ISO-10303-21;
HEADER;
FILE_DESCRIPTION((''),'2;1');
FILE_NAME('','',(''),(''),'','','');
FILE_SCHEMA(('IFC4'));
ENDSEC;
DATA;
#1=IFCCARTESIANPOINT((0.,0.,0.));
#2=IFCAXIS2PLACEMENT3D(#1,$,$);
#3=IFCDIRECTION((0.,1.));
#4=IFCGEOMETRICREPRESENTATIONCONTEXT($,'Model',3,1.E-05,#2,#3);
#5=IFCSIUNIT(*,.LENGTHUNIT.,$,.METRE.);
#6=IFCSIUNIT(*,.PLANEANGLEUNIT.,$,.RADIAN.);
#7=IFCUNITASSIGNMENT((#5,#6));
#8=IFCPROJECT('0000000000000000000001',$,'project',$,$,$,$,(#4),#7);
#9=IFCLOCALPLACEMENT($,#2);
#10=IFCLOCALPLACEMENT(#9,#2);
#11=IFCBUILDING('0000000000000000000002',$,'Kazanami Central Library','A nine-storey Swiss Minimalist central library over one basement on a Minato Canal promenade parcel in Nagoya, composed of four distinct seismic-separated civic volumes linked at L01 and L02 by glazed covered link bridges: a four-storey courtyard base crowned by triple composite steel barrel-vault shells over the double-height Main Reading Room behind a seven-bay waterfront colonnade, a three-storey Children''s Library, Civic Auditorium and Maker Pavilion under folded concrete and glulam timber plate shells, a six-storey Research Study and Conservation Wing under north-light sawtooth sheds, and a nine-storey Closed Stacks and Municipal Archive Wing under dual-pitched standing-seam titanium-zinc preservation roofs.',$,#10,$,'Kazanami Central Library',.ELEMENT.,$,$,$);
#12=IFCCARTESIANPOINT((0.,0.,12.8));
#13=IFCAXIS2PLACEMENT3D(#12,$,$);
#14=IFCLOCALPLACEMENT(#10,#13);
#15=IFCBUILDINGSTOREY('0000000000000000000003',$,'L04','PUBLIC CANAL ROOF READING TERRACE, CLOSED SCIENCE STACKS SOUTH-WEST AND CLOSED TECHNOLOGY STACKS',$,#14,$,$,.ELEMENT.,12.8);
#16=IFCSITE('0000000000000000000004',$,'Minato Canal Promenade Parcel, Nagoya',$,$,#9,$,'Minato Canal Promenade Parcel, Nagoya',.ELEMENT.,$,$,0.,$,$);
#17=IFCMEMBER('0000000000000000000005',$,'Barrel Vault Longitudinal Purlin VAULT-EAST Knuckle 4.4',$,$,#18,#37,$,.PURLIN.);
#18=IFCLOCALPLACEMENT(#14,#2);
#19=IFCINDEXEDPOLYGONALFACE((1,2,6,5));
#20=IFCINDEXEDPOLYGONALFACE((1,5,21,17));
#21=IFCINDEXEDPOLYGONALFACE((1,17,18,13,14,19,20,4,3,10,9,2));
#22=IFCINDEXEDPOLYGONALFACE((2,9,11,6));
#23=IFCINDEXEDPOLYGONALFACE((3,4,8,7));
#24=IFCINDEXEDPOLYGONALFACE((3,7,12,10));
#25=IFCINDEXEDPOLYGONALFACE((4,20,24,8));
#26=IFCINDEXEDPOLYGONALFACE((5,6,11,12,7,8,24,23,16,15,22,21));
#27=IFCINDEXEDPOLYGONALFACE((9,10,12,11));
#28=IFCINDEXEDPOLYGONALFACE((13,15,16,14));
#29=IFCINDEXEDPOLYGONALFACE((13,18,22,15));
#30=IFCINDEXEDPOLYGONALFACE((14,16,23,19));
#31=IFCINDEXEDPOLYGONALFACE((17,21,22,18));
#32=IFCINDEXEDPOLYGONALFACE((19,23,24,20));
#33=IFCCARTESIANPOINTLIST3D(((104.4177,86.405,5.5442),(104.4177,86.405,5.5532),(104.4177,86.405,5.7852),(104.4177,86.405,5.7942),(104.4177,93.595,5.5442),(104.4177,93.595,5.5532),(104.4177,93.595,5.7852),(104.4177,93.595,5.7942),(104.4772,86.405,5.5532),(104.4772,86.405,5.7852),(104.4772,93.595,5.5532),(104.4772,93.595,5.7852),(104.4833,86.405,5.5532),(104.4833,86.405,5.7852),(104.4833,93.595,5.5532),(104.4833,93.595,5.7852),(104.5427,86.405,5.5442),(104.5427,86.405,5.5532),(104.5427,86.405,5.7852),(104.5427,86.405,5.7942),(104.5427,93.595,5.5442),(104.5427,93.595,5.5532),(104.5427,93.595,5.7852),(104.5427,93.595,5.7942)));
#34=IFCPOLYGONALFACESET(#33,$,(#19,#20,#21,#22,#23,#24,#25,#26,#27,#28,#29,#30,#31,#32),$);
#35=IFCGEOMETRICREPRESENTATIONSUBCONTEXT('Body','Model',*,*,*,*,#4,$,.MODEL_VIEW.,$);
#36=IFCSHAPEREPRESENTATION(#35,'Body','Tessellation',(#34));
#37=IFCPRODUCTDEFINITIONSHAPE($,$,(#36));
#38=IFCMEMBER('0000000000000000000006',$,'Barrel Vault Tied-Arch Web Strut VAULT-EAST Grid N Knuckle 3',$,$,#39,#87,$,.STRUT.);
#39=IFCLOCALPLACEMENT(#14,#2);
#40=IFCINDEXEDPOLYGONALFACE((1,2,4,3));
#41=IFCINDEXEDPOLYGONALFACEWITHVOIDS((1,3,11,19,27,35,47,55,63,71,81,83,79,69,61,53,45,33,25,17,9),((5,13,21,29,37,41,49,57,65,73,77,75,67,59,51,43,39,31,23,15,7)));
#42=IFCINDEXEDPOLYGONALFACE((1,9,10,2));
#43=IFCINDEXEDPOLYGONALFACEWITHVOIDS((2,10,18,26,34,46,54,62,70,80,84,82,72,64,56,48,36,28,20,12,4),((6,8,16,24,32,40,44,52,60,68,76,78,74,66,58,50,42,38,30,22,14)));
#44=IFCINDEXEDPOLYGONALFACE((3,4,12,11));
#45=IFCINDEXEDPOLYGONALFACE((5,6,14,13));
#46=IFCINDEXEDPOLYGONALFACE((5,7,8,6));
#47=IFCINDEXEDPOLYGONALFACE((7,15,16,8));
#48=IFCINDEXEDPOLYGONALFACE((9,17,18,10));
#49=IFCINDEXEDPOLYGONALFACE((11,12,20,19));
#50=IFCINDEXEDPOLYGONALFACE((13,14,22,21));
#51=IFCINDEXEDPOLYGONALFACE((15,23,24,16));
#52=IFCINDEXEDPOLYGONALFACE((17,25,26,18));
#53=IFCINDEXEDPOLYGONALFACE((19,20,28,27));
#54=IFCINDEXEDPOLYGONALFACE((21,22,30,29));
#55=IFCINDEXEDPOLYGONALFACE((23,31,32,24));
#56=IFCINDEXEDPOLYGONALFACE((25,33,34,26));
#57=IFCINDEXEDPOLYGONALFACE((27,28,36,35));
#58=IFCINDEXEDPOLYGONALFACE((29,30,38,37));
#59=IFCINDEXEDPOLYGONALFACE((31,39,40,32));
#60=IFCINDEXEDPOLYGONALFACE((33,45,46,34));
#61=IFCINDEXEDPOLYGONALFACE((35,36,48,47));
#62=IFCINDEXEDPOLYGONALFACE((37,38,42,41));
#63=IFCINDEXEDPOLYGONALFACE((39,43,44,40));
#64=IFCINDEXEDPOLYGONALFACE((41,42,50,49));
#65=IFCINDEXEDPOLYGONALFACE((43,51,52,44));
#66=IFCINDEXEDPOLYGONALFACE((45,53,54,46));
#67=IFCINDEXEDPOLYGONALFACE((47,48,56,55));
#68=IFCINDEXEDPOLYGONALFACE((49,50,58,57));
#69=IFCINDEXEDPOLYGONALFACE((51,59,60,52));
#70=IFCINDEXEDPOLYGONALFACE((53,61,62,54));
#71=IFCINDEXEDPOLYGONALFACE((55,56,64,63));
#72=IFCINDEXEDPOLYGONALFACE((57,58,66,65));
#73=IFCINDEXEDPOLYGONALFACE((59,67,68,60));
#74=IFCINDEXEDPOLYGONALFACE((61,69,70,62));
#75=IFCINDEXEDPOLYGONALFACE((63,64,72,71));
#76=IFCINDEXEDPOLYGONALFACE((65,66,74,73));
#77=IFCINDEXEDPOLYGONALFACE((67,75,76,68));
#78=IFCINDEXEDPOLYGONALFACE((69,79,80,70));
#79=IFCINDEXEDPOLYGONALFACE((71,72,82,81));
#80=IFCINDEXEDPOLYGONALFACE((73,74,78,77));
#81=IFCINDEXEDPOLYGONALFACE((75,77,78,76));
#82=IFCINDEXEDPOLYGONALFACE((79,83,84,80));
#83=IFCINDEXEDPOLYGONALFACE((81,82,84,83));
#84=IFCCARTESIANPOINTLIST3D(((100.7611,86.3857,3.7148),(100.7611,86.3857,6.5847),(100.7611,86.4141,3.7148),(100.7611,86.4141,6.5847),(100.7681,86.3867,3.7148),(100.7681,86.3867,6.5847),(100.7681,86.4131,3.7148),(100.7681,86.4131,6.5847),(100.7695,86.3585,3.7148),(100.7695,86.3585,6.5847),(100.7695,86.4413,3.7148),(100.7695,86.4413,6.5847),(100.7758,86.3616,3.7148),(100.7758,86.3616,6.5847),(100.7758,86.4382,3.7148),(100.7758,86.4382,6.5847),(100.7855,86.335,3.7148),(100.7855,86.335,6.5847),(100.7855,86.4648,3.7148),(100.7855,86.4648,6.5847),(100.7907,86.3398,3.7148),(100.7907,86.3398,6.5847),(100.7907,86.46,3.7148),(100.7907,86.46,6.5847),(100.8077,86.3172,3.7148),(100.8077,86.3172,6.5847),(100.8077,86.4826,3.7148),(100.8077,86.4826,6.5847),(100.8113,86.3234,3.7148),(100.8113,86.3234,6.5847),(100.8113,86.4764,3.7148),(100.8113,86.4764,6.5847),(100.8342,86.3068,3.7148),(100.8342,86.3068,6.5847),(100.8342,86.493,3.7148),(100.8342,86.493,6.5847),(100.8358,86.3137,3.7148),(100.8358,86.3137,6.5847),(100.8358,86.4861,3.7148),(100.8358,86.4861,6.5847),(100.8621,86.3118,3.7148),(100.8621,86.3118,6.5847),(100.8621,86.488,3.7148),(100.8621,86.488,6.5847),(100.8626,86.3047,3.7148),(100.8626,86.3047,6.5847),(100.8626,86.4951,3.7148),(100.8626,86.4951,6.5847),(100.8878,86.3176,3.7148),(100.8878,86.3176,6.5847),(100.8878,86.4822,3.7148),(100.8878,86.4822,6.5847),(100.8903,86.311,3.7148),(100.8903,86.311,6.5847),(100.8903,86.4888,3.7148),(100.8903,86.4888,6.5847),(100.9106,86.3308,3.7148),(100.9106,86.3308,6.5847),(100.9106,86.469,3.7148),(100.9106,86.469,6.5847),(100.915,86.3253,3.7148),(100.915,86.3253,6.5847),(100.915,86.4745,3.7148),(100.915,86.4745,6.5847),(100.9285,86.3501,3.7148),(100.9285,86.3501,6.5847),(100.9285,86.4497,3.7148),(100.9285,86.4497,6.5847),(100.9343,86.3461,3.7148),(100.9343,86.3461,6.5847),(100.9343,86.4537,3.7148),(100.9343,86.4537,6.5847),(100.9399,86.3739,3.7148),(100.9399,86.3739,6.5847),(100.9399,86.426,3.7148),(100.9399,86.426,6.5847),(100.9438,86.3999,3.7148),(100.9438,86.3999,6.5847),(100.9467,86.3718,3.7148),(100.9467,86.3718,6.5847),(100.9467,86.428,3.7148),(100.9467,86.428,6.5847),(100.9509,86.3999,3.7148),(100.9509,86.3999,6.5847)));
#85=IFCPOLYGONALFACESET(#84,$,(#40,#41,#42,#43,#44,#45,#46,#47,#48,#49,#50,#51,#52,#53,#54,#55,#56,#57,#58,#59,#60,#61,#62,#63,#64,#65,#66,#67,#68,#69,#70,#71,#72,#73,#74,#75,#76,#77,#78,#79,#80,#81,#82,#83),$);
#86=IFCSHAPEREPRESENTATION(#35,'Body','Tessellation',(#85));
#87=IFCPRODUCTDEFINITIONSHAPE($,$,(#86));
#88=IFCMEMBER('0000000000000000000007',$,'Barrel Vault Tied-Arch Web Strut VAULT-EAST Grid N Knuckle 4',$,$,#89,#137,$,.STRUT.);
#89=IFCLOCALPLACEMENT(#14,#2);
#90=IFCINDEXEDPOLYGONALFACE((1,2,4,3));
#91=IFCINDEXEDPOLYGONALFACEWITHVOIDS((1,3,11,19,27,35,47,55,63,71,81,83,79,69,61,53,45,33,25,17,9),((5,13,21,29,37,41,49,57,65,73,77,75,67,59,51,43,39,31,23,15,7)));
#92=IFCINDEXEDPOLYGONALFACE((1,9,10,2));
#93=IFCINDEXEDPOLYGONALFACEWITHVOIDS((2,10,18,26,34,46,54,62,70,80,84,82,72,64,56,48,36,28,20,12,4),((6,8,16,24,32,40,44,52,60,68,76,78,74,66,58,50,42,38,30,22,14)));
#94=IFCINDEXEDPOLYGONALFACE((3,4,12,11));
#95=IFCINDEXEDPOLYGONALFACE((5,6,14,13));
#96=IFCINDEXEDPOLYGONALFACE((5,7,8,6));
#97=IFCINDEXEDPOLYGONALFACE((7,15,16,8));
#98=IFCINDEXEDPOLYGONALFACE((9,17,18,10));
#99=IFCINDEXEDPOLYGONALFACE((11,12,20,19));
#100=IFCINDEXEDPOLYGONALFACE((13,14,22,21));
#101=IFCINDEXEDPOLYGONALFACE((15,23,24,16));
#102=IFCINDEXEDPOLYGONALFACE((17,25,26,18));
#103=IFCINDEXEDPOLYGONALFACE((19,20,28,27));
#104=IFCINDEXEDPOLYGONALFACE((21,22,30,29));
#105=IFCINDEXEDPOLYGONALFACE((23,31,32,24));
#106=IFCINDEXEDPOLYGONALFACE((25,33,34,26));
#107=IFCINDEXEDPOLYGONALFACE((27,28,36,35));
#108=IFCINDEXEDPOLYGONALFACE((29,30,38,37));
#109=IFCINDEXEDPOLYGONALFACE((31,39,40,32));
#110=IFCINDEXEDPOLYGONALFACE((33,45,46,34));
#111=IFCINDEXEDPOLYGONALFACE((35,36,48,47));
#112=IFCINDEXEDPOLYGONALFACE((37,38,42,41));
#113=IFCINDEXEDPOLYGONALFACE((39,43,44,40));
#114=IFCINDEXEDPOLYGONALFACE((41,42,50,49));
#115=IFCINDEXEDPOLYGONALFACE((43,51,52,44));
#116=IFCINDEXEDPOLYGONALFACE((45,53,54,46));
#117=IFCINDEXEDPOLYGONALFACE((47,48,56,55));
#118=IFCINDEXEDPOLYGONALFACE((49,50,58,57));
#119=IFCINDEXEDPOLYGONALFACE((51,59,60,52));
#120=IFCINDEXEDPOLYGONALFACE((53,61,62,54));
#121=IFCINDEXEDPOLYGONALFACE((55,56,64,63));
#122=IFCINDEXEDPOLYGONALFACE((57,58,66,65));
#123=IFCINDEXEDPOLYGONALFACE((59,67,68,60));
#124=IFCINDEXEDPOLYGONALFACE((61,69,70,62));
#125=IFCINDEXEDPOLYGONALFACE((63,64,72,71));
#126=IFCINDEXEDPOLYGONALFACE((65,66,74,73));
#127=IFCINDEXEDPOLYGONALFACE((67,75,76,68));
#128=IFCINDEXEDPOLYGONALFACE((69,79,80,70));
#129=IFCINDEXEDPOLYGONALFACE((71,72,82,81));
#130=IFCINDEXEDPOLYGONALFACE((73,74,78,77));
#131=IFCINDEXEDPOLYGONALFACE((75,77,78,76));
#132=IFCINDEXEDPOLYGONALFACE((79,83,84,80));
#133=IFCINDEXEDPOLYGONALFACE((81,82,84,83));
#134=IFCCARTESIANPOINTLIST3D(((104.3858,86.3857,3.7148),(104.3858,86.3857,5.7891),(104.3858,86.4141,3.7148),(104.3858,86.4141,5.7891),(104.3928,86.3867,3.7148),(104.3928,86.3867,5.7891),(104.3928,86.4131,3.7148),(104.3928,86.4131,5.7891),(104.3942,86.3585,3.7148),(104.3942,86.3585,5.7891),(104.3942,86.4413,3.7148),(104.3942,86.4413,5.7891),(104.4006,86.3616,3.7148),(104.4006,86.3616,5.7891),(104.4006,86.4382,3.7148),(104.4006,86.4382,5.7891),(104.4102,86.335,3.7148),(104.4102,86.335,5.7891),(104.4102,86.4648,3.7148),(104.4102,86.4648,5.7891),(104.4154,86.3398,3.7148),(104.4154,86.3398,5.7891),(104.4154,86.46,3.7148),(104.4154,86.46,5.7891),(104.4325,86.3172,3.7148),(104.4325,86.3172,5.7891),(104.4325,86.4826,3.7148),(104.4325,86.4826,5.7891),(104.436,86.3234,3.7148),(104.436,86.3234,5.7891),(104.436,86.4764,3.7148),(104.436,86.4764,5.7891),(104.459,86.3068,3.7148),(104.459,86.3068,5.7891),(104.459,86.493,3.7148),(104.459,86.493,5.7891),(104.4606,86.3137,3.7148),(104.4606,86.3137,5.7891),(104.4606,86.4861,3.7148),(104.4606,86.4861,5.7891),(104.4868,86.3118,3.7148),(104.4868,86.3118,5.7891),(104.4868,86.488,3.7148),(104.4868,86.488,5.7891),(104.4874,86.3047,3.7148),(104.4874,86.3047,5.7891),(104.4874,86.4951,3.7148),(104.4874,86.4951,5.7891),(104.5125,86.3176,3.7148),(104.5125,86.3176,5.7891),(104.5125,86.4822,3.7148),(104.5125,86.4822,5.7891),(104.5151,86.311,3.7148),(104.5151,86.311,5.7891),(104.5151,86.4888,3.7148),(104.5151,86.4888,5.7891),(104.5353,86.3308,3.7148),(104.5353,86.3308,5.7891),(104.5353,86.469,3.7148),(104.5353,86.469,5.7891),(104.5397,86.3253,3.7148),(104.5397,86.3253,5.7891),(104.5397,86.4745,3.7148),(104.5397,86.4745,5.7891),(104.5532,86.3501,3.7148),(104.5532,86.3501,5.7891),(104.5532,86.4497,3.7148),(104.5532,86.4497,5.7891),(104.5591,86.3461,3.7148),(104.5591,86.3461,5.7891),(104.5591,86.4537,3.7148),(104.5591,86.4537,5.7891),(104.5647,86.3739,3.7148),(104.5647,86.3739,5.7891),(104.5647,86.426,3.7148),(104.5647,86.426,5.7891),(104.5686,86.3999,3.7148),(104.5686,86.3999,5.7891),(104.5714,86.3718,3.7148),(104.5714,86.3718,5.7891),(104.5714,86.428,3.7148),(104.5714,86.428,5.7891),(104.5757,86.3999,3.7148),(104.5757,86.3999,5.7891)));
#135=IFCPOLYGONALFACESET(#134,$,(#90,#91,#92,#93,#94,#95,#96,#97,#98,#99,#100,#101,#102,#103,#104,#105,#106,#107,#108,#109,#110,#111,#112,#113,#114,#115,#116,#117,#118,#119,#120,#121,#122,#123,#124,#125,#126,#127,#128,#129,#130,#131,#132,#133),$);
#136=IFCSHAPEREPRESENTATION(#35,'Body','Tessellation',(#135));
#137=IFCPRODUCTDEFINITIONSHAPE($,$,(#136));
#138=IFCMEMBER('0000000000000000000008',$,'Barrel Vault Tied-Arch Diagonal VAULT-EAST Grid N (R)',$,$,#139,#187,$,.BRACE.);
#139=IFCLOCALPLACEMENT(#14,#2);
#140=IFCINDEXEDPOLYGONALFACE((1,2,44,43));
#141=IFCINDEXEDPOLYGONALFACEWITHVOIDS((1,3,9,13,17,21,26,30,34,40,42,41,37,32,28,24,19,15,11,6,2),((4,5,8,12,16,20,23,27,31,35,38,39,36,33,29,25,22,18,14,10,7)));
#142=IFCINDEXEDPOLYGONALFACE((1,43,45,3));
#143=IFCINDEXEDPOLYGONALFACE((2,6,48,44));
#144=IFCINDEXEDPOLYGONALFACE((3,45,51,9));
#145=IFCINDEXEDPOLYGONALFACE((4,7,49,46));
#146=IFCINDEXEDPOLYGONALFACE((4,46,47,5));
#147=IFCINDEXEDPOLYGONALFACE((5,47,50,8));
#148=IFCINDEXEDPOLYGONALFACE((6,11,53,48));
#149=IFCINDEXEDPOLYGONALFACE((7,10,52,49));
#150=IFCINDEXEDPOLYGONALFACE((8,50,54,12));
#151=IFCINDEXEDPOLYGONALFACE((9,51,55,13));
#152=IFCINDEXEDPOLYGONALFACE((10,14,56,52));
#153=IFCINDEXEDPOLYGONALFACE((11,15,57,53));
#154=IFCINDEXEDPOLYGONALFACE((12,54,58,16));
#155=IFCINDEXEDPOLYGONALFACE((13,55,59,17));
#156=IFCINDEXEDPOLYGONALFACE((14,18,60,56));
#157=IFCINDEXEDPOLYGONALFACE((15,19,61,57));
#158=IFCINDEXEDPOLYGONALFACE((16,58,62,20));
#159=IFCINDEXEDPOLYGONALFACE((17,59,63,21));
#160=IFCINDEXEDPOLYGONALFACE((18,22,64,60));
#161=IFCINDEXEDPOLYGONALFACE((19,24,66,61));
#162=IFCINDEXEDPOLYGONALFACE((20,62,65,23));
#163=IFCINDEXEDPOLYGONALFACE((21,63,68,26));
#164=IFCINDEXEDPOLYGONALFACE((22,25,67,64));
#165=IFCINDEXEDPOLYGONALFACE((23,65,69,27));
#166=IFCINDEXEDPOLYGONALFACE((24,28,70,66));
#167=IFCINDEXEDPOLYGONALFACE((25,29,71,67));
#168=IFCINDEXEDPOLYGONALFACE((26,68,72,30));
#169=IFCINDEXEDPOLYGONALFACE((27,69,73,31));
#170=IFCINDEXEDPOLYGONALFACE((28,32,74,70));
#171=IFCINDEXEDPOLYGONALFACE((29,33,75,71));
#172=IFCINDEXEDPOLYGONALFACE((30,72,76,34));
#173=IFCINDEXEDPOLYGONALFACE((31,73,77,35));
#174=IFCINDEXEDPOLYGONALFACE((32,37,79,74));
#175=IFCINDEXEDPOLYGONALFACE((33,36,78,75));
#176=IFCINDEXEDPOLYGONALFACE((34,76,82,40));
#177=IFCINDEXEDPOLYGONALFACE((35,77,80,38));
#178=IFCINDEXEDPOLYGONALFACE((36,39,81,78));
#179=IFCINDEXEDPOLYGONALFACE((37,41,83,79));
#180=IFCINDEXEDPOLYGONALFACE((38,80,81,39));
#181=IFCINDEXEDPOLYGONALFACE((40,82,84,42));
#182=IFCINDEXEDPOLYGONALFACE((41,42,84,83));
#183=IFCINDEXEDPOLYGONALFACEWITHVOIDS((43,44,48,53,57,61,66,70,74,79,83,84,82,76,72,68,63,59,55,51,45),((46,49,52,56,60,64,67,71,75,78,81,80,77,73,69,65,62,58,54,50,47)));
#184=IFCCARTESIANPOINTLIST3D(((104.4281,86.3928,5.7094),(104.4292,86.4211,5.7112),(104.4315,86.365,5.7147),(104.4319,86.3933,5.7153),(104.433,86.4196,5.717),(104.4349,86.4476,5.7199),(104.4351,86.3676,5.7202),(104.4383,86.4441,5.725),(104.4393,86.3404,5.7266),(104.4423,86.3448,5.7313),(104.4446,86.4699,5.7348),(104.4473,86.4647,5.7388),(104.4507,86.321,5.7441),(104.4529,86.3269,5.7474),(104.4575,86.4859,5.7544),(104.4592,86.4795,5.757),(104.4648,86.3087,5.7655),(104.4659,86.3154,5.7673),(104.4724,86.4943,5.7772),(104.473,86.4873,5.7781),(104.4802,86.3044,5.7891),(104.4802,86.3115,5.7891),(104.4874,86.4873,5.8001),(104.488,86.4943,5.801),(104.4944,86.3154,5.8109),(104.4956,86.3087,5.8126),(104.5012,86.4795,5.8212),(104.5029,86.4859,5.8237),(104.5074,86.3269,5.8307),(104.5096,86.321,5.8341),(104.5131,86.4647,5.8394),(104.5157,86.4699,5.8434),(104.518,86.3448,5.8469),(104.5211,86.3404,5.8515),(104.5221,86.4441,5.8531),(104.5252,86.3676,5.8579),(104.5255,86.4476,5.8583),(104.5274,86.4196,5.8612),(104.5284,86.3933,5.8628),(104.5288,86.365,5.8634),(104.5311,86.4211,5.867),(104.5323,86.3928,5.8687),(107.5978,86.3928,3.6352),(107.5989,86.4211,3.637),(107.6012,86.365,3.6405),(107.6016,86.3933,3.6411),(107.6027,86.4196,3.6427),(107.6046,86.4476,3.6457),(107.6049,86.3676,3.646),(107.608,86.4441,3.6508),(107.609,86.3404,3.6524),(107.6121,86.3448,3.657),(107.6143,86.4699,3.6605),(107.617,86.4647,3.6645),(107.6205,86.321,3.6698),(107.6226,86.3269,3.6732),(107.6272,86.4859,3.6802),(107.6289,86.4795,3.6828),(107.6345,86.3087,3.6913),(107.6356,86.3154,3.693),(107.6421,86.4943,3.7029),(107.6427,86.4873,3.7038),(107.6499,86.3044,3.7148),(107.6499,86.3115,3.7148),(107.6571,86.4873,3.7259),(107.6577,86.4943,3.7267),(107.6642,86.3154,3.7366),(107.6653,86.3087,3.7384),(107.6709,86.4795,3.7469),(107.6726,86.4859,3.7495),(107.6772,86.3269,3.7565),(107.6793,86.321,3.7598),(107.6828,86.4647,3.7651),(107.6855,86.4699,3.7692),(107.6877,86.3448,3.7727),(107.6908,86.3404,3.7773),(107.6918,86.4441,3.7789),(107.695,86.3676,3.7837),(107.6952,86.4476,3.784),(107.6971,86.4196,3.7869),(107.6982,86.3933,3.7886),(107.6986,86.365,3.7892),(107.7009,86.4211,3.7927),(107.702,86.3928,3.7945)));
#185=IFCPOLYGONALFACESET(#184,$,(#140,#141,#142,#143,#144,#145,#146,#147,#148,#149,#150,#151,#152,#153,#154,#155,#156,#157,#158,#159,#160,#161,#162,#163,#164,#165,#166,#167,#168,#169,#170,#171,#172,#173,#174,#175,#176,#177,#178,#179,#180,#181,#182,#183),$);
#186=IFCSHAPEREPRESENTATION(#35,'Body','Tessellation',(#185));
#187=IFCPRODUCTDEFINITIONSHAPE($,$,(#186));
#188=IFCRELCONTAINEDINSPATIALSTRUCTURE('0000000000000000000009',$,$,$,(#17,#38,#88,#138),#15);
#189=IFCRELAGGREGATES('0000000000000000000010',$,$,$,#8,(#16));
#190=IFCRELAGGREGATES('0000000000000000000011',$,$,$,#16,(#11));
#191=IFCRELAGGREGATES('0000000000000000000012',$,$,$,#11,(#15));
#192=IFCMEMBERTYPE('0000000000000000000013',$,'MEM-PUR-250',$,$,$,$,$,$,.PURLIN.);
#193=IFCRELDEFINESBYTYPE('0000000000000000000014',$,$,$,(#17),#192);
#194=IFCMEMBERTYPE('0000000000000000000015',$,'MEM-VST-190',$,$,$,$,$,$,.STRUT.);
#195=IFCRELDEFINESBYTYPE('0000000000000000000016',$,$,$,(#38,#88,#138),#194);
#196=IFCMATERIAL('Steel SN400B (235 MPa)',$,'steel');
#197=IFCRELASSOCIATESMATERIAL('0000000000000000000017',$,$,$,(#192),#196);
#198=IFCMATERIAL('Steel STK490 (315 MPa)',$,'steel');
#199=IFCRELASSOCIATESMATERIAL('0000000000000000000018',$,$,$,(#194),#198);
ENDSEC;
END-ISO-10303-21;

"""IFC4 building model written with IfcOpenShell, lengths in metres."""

from ifc_helpers import new_model, si_unit, direction, frame, origin, origin_2d, place, context, subcontext, project, spatial, hollow_circle, i_section, extrude, material, material_profile, profile_set, type_object, element, save


model = new_model("IFC4")

# Units and contexts
model_context = context("Model", 3, precision=1e-05, world=origin(), true_north=direction((0.0, 1.0)))
body_context = subcontext(model_context, "Body", "Model", "MODEL_VIEW")
ifc_project = project(units=[si_unit("LENGTHUNIT", "METRE"), si_unit("PLANEANGLEUNIT", "RADIAN")], contexts=[model_context])

# Site, building, storey
site_placement = place(None, origin())
site = spatial("IfcSite", under=ifc_project, at=site_placement, Name="Minato Canal Promenade Parcel, Nagoya", LongName="Minato Canal Promenade Parcel, Nagoya", CompositionType="ELEMENT", RefElevation=0.0)
building_placement = place(site_placement, origin())
building = spatial("IfcBuilding", under=site, at=building_placement, Name="Kazanami Central Library", Description="A nine-storey Swiss Minimalist central library over one basement on a Minato Canal promenade parcel in Nagoya, composed of four distinct seismic-separated civic volumes linked at L01 and L02 by glazed covered link bridges: a four-storey courtyard base crowned by triple composite steel barrel-vault shells over the double-height Main Reading Room behind a seven-bay waterfront colonnade, a three-storey Children's Library, Civic Auditorium and Maker Pavilion under folded concrete and glulam timber plate shells, a six-storey Research Study and Conservation Wing under north-light sawtooth sheds, and a nine-storey Closed Stacks and Municipal Archive Wing under dual-pitched standing-seam titanium-zinc preservation roofs.", LongName="Kazanami Central Library", CompositionType="ELEMENT")
storey_placement = place(building_placement, frame((0.0, 0.0, 12.8)))
storey = spatial("IfcBuildingStorey", under=building, at=storey_placement, Name="L04", Description="PUBLIC CANAL ROOF READING TERRACE, CLOSED SCIENCE STACKS SOUTH-WEST AND CLOSED TECHNOLOGY STACKS", CompositionType="ELEMENT", Elevation=12.8)

# Members
ifc_material_1 = material(Name="Steel SN400B (235 MPa)", Category="steel")
ifc_material_profile_1 = material_profile(ifc_material_1, i_section(OverallWidth=0.125, OverallDepth=0.25, WebThickness=0.0061, FlangeThickness=0.009, at=origin_2d()), Name="H-250x125x6x9")
ifc_profile_set_1 = profile_set([ifc_material_profile_1], Name="Steel SN400B (235 MPa)")
member_type_1 = type_object("IfcMemberType", Name="MEM-PUR-250", PredefinedType="PURLIN", material=ifc_profile_set_1)
for number, where, z_axis, x_axis, name in (
    (1, (104.4802, 86.405, 5.6692), (0.0, 1.0, 0.0), (-1.0, 0.0, 0.0), "Barrel Vault Longitudinal Purlin VAULT-EAST Knuckle 4.4"),
):
    element("IfcMember", number, at=place(storey_placement, frame(where, z_axis=z_axis, x_axis=x_axis)), inside=storey, type_object=member_type_1, Name=name, PredefinedType="PURLIN", context=body_context, shape_type="SweptSolid", body=[
        extrude(i_section(OverallWidth=0.125, OverallDepth=0.25, WebThickness=0.0061, FlangeThickness=0.009, at=origin_2d()), origin(), (0.0, 0.0, 1.0), 7.1899),
    ])
ifc_material_2 = material(Name="Steel STK490 (315 MPa)", Category="steel")
ifc_material_profile_2 = material_profile(ifc_material_2, hollow_circle(Radius=0.0955, WallThickness=0.0071, at=origin_2d()), Name="CHS-190.7x7.0")
ifc_profile_set_2 = profile_set([ifc_material_profile_2], Name="Steel STK490 (315 MPa)")
member_type_2 = type_object("IfcMemberType", Name="MEM-VST-190", PredefinedType="STRUT", material=ifc_profile_set_2)
member_1_placement = place(storey_placement, frame((100.8555, 86.3999, 3.7148), z_axis=(0.0, 0.0, 1.0), x_axis=(1.0, 0.0, 0.0)))
element("IfcMember", 2, at=member_1_placement, inside=storey, type_object=member_type_2, Name="Barrel Vault Tied-Arch Web Strut VAULT-EAST Grid N Knuckle 3", PredefinedType="STRUT", context=body_context, shape_type="SweptSolid", body=[
    extrude(hollow_circle(Radius=0.0955, WallThickness=0.0071, at=origin_2d()), origin(), (0.0, 0.0, 1.0), 2.8699),
])
member_2_placement = place(storey_placement, frame((104.4802, 86.3999, 3.7148), z_axis=(0.0, 0.0, 1.0), x_axis=(1.0, 0.0, 0.0)))
element("IfcMember", 3, at=member_2_placement, inside=storey, type_object=member_type_2, Name="Barrel Vault Tied-Arch Web Strut VAULT-EAST Grid N Knuckle 4", PredefinedType="STRUT", context=body_context, shape_type="SweptSolid", body=[
    extrude(hollow_circle(Radius=0.0955, WallThickness=0.0071, at=origin_2d()), origin(), (0.0, 0.0, 1.0), 2.0742),
])
member_3_placement = place(storey_placement, frame((107.6499, 86.3999, 3.7148), z_axis=(-0.83676, 0.0, 0.547571), x_axis=(0.0, -1.0, 0.0)))
element("IfcMember", 4, at=member_3_placement, inside=storey, type_object=member_type_2, Name="Barrel Vault Tied-Arch Diagonal VAULT-EAST Grid N (R)", PredefinedType="BRACE", context=body_context, shape_type="SweptSolid", body=[
    extrude(hollow_circle(Radius=0.0955, WallThickness=0.0071, at=origin_2d()), origin(), (0.0, 0.0, 1.0), 3.7881),
])

save(model, "model.ifc")
